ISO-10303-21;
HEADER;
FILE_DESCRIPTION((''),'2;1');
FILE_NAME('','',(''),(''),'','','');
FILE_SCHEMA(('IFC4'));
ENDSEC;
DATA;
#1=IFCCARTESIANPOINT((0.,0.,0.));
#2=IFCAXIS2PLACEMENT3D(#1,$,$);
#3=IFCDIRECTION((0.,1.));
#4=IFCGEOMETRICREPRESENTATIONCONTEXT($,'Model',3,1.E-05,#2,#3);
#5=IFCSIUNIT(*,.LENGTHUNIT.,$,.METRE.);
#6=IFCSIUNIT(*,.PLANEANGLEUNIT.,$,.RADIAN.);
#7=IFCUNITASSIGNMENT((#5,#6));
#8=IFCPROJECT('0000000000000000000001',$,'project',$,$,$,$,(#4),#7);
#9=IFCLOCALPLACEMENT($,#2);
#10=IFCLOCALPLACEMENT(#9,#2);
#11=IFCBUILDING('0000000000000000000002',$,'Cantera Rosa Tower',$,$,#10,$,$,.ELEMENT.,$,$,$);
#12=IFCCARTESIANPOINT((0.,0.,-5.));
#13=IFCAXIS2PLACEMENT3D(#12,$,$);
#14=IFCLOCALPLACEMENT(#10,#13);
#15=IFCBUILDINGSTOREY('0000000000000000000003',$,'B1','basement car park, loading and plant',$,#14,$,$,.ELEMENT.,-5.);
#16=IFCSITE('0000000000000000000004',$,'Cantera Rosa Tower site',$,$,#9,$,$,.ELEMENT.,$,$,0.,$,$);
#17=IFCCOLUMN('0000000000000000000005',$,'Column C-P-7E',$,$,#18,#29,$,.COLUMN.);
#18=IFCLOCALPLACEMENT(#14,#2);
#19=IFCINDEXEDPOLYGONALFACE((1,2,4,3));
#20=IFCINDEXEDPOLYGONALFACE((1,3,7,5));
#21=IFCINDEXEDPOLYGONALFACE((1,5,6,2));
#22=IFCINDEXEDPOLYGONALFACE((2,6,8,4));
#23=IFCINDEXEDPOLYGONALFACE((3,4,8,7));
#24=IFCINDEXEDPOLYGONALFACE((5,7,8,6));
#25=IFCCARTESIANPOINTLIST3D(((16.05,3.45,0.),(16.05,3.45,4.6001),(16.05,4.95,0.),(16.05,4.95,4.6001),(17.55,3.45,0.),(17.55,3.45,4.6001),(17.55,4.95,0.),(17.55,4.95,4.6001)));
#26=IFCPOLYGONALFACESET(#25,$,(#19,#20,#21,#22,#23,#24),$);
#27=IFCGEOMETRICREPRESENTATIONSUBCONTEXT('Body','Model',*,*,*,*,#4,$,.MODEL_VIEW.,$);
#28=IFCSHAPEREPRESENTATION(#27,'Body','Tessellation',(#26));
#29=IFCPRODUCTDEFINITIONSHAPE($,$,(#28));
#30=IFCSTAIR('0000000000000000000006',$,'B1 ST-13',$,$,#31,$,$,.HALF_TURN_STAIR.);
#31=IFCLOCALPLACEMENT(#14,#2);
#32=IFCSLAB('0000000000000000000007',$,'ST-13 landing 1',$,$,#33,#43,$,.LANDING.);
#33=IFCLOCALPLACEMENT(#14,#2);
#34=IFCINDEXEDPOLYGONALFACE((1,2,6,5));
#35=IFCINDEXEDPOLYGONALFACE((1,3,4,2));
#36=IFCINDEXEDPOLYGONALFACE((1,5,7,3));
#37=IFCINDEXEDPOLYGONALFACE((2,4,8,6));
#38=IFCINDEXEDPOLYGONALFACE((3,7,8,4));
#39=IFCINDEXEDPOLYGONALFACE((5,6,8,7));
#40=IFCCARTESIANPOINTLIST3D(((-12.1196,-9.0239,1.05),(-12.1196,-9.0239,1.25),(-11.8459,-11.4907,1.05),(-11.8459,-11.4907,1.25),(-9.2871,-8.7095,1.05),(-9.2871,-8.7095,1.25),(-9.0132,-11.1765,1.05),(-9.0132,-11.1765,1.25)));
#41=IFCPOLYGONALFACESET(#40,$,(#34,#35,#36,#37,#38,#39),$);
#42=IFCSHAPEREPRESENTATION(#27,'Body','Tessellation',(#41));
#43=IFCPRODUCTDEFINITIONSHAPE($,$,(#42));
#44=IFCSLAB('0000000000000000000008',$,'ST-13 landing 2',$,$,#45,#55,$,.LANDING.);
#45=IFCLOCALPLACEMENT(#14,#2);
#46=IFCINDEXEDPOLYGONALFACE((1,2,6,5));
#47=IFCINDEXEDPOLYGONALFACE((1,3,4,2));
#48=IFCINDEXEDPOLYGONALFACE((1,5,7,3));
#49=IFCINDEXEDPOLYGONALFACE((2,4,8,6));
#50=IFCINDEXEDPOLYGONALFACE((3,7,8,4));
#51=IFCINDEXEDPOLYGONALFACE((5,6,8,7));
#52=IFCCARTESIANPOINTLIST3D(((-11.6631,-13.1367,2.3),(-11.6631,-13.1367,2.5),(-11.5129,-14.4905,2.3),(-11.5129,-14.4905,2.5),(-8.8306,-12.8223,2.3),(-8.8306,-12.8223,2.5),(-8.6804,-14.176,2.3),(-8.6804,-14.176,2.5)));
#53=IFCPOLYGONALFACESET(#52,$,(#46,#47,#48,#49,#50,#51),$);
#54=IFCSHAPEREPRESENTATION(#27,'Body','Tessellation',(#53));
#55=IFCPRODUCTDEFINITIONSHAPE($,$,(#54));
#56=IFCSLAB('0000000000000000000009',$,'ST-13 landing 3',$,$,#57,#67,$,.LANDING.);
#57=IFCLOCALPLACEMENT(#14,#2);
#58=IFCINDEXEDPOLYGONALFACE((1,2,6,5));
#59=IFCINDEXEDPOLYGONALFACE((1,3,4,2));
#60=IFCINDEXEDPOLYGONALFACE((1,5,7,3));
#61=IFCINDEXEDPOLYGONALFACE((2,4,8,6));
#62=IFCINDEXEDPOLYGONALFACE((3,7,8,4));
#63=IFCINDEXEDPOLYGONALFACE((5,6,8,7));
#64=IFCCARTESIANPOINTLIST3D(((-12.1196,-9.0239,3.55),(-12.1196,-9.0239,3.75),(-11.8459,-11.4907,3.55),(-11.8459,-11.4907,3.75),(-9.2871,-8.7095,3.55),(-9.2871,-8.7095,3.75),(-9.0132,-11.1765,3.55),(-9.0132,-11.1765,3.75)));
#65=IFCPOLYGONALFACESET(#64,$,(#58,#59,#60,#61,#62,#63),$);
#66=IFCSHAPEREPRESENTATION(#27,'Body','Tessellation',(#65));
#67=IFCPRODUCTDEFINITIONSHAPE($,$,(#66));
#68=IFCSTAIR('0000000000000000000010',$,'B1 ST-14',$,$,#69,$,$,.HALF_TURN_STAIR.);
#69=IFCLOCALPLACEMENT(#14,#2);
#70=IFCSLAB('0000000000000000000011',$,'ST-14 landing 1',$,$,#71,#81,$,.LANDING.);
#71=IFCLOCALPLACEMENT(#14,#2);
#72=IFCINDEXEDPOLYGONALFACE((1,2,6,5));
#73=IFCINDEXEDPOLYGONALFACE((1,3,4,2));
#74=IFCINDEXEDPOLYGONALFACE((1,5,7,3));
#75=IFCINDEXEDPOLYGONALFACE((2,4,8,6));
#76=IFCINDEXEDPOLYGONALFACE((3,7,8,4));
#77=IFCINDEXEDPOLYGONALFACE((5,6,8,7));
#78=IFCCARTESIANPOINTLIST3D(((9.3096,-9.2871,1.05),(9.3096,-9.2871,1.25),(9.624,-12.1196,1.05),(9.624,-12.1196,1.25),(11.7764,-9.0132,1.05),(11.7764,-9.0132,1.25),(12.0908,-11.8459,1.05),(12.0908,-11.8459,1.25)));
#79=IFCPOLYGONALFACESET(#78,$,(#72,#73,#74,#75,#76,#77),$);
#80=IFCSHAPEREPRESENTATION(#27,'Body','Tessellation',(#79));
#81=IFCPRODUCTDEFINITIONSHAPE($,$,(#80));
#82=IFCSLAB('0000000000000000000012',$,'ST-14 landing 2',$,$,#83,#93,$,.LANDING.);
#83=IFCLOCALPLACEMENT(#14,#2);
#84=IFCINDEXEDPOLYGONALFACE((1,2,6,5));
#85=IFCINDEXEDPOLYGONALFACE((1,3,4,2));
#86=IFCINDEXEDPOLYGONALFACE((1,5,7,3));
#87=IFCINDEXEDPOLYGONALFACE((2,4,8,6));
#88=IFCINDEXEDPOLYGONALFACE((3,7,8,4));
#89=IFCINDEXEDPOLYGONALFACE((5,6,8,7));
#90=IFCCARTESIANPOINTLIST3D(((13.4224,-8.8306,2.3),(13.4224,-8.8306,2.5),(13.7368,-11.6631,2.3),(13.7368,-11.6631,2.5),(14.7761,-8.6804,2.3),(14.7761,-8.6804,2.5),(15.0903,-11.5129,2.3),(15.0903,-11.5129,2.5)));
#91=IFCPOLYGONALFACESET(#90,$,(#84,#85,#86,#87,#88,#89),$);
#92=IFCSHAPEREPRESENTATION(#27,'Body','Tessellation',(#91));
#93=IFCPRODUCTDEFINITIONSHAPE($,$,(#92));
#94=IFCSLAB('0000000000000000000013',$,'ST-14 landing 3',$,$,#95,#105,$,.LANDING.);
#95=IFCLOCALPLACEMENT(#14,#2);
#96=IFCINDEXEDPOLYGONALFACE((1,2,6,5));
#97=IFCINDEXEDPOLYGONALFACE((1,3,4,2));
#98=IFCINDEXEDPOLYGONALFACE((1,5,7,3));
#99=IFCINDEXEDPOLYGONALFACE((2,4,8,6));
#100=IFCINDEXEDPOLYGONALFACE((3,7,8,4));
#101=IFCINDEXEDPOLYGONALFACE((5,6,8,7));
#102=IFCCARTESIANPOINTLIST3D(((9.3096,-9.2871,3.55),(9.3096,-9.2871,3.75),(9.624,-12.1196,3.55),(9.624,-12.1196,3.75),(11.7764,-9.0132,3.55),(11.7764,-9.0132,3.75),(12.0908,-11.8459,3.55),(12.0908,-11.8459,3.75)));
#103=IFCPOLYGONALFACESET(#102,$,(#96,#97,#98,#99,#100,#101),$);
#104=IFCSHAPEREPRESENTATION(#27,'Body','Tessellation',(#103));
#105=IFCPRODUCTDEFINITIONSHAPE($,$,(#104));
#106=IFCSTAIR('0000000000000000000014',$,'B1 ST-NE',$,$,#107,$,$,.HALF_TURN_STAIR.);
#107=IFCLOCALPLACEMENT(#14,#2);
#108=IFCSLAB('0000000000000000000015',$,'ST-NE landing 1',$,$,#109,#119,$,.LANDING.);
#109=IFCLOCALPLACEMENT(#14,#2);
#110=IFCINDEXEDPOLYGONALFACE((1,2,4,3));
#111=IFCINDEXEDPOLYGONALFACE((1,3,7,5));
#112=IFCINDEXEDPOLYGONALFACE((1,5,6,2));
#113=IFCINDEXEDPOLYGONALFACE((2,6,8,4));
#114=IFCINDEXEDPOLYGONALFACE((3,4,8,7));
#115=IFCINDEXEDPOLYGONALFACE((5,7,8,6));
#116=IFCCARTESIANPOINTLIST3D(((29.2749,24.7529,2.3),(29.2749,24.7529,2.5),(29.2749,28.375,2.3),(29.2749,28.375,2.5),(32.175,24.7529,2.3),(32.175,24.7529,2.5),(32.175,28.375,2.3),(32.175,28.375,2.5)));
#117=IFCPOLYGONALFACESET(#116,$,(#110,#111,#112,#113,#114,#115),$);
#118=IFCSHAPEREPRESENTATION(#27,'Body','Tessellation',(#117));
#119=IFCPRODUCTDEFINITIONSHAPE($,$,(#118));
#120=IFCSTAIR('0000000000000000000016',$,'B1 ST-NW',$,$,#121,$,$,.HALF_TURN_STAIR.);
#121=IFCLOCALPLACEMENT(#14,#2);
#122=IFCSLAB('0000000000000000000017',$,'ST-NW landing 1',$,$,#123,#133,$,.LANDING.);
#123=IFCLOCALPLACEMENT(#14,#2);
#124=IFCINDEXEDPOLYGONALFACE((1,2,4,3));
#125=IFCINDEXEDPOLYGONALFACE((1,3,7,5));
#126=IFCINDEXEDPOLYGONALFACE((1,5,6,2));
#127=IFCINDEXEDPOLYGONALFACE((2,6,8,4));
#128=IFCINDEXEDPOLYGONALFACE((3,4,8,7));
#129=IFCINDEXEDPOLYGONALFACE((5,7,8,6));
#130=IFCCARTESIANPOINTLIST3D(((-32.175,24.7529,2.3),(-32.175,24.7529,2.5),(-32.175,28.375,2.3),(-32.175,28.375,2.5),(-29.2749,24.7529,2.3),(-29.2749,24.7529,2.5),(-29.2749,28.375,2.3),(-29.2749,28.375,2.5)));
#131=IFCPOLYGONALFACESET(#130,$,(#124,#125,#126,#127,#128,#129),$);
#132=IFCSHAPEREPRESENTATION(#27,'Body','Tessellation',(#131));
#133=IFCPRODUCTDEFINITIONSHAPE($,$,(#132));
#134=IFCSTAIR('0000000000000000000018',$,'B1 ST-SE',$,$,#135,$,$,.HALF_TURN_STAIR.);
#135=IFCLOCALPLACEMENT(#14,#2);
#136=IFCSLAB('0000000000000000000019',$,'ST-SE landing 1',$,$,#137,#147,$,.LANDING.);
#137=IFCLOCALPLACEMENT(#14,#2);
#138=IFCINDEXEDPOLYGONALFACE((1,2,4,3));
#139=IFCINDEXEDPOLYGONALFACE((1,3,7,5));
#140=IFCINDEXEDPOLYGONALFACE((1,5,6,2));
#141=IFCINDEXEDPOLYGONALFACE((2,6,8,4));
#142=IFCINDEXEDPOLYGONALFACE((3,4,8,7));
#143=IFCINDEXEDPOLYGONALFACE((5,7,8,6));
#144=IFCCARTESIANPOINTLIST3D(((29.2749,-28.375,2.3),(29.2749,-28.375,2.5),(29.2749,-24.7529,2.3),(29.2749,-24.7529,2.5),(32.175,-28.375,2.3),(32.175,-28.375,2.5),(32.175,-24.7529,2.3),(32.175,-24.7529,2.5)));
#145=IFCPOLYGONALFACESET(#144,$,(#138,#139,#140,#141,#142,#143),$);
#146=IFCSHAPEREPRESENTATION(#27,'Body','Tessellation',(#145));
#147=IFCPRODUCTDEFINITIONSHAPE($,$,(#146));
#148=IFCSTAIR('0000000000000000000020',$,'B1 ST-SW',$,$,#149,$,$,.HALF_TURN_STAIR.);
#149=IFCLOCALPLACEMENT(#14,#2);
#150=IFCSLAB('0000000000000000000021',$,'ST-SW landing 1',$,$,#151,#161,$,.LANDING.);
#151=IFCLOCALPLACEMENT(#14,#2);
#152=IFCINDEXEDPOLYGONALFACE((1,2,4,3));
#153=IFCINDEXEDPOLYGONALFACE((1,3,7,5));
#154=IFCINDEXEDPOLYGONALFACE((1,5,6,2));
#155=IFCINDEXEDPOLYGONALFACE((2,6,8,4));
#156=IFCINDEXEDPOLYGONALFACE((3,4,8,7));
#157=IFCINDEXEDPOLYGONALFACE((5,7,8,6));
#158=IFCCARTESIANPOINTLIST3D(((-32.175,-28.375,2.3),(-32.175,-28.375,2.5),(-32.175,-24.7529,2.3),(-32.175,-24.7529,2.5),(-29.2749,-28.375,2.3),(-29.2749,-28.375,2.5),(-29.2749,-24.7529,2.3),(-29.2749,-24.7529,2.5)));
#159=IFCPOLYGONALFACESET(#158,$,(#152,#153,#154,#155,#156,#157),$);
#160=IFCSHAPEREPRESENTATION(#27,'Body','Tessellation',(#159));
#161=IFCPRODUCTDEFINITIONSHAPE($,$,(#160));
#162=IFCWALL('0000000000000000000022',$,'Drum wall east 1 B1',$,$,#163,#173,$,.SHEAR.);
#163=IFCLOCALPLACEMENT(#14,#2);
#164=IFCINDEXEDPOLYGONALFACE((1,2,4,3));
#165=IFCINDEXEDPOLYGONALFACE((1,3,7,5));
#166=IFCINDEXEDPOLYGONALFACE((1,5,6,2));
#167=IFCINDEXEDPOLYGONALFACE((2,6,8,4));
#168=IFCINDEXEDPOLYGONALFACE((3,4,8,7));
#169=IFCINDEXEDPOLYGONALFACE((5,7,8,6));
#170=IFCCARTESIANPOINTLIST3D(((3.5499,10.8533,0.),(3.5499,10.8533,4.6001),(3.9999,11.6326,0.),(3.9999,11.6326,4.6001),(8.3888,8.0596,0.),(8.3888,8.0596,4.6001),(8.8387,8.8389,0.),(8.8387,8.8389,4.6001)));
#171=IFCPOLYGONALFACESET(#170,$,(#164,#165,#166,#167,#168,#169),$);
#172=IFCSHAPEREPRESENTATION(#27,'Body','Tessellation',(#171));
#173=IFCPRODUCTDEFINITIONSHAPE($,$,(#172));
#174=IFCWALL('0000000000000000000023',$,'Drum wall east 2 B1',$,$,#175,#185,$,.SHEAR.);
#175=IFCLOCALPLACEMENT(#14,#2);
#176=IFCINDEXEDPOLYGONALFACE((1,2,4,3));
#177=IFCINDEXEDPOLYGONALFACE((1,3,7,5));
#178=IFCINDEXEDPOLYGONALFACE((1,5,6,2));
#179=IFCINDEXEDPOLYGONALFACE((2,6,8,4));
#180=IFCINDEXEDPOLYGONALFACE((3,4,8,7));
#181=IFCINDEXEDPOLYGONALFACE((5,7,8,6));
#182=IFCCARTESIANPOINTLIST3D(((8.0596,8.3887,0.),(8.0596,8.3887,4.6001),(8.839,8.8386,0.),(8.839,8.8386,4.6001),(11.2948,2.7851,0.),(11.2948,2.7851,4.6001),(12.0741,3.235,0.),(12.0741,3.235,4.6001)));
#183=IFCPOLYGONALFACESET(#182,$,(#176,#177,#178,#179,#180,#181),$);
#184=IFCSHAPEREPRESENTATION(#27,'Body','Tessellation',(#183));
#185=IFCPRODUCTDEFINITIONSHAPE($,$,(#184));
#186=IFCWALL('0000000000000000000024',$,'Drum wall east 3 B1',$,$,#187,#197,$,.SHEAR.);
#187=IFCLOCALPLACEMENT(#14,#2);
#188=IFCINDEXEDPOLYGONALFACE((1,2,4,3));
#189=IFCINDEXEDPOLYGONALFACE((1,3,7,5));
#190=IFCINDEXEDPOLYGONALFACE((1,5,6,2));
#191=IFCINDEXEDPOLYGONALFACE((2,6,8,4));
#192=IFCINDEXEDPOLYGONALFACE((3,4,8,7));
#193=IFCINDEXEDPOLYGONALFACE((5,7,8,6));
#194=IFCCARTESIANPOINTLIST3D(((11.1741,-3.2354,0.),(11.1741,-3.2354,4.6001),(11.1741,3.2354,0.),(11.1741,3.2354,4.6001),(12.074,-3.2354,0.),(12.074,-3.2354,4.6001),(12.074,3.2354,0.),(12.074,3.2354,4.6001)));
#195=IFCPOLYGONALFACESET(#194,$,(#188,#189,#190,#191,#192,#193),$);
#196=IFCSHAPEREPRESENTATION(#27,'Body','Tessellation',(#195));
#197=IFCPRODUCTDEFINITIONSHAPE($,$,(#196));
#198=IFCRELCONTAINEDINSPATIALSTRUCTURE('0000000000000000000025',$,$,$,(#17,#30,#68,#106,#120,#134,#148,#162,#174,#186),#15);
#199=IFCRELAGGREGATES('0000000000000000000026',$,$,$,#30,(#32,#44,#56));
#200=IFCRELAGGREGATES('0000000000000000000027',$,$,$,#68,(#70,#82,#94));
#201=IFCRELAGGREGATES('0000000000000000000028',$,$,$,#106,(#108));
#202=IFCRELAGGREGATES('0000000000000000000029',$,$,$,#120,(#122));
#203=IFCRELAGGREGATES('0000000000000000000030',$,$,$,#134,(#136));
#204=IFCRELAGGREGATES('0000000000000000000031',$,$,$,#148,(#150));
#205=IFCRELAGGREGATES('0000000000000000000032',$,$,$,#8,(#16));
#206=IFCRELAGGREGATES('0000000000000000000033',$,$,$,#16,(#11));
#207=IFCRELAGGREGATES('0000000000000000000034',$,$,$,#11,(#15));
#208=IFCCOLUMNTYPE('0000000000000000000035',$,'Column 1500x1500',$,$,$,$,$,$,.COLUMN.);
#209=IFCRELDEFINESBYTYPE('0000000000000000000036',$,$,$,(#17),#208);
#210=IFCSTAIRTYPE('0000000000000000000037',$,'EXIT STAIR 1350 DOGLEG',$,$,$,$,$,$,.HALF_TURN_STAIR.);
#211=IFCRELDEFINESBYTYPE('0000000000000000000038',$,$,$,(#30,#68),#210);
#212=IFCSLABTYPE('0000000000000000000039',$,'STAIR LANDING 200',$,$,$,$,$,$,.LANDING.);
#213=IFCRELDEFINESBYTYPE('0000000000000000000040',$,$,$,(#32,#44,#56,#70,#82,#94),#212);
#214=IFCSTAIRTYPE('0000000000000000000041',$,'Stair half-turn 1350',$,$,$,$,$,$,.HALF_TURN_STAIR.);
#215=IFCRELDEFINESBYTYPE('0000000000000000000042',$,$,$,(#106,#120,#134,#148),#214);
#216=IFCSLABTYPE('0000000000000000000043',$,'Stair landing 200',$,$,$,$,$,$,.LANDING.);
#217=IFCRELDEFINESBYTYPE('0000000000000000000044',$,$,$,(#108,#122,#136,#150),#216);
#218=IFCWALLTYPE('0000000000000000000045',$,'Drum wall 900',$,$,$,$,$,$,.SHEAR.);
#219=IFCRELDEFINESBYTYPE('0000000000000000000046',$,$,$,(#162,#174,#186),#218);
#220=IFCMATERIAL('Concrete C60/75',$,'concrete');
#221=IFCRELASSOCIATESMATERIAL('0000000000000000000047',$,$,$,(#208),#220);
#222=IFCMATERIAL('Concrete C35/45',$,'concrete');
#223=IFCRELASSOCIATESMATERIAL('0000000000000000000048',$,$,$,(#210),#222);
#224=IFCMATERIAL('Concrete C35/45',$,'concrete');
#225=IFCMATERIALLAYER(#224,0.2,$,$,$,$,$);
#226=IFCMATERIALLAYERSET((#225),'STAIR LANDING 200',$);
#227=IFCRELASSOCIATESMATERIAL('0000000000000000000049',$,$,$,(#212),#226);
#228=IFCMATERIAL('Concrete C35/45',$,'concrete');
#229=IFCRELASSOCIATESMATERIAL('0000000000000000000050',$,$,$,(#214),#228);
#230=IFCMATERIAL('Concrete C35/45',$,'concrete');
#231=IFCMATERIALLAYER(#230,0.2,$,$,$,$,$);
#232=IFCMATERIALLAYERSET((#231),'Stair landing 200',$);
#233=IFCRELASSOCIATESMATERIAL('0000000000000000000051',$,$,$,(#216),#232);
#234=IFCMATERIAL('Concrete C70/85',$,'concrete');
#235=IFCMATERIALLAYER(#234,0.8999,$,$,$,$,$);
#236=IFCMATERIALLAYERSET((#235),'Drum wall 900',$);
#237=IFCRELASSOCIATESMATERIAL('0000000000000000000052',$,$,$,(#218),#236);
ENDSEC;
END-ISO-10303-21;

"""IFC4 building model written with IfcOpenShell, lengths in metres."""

from ifc_helpers import new_model, si_unit, direction, frame, frame_2d, origin, origin_2d, place, context, subcontext, project, spatial, polyline, rectangle, outline, extrude, material, layer, layer_set, material_profile, profile_set, type_object, element, aggregate, save


model = new_model("IFC4")

# Units and contexts
model_context = context("Model", 3, precision=1e-05, world=origin(), true_north=direction((0.0, 1.0)))
body_context = subcontext(model_context, "Body", "Model", "MODEL_VIEW")
ifc_project = project(units=[si_unit("LENGTHUNIT", "METRE"), si_unit("PLANEANGLEUNIT", "RADIAN")], contexts=[model_context])

# Site, building, storey
site_placement = place(None, origin())
site = spatial("IfcSite", under=ifc_project, at=site_placement, Name="Cantera Rosa Tower site", CompositionType="ELEMENT", RefElevation=0.0)
building_placement = place(site_placement, origin())
building = spatial("IfcBuilding", under=site, at=building_placement, Name="Cantera Rosa Tower", CompositionType="ELEMENT")
storey_placement = place(building_placement, frame((0.0, 0.0, -5.0)))
storey = spatial("IfcBuildingStorey", under=building, at=storey_placement, Name="B1", Description="basement car park, loading and plant", CompositionType="ELEMENT", Elevation=-5.0)

# Column
ifc_material_1 = material(Name="Concrete C60/75", Category="concrete")
ifc_material_profile = material_profile(ifc_material_1, rectangle(XDim=1.5, YDim=1.5, at=origin_2d()), Name="Column 1500x1500")
ifc_profile_set = profile_set([ifc_material_profile], Name="Concrete C60/75")
column_type = type_object("IfcColumnType", Name="Column 1500x1500", PredefinedType="COLUMN", material=ifc_profile_set)
column_placement = place(storey_placement, frame((16.8, 4.2, 0.0), z_axis=(0.0, 0.0, 1.0), x_axis=(1.0, 0.0, 0.0)))
element("IfcColumn", 1, at=column_placement, inside=storey, type_object=column_type, Name="Column C-P-7E", PredefinedType="COLUMN", context=body_context, shape_type="SweptSolid", body=[
    extrude(rectangle(XDim=1.5, YDim=1.5, at=origin_2d()), origin(), (0.0, 0.0, 1.0), 4.6001),
])

# Stairs, slabs
ifc_material_2 = material(Name="Concrete C35/45", Category="concrete")
stair_type_1 = type_object("IfcStairType", Name="EXIT STAIR 1350 DOGLEG", PredefinedType="HALF_TURN_STAIR", material=ifc_material_2)
stair_1_placement = place(storey_placement, origin())
stair_1 = element("IfcStair", 2, at=stair_1_placement, inside=storey, type_object=stair_type_1, Name="B1 ST-13", PredefinedType="HALF_TURN_STAIR")
ifc_material_3 = material(Name="Concrete C35/45", Category="concrete")
ifc_layer_1 = layer(ifc_material_3, 0.2)
ifc_layer_set_1 = layer_set([ifc_layer_1], Name="STAIR LANDING 200")
slab_type_1 = type_object("IfcSlabType", Name="STAIR LANDING 200", PredefinedType="LANDING", material=ifc_layer_set_1)
slab_1_placement = place(storey_placement, frame((0.0, 0.0, 1.05)))
slab_1 = element("IfcSlab", 3, at=slab_1_placement, type_object=slab_type_1, Name="ST-13 landing 1", PredefinedType="LANDING", context=body_context, shape_type="SweptSolid", body=[
    extrude(outline(polyline([(-9.0132, -11.1765), (-9.2871, -8.7095), (-12.1196, -9.0239), (-11.8459, -11.4907), (-9.0132, -11.1765)])), origin(), (0.0, 0.0, 1.0), 0.2),
])
slab_2_placement = place(storey_placement, frame((0.0, 0.0, 2.3)))
slab_2 = element("IfcSlab", 4, at=slab_2_placement, type_object=slab_type_1, Name="ST-13 landing 2", PredefinedType="LANDING", context=body_context, shape_type="SweptSolid", body=[
    extrude(outline(polyline([(-8.6804, -14.176), (-8.8306, -12.8223), (-11.6631, -13.1367), (-11.5129, -14.4905), (-8.6804, -14.176)])), origin(), (0.0, 0.0, 1.0), 0.2),
])
slab_3_placement = place(storey_placement, frame((0.0, 0.0, 3.55)))
slab_3 = element("IfcSlab", 5, at=slab_3_placement, type_object=slab_type_1, Name="ST-13 landing 3", PredefinedType="LANDING", context=body_context, shape_type="SweptSolid", body=[
    extrude(outline(polyline([(-9.0132, -11.1765), (-9.2871, -8.7095), (-12.1196, -9.0239), (-11.8459, -11.4907), (-9.0132, -11.1765)])), origin(), (0.0, 0.0, 1.0), 0.2),
])
aggregate(stair_1, [slab_1, slab_2, slab_3])
stair_2_placement = place(storey_placement, origin())
stair_2 = element("IfcStair", 6, at=stair_2_placement, inside=storey, type_object=stair_type_1, Name="B1 ST-14", PredefinedType="HALF_TURN_STAIR")
slab_4_placement = place(storey_placement, frame((0.0, 0.0, 1.05)))
slab_4 = element("IfcSlab", 7, at=slab_4_placement, type_object=slab_type_1, Name="ST-14 landing 1", PredefinedType="LANDING", context=body_context, shape_type="SweptSolid", body=[
    extrude(outline(polyline([(11.7764, -9.0132), (9.3096, -9.2871), (9.624, -12.1196), (12.0908, -11.8459), (11.7764, -9.0132)])), origin(), (0.0, 0.0, 1.0), 0.2),
])
slab_5_placement = place(storey_placement, frame((0.0, 0.0, 2.3)))
slab_5 = element("IfcSlab", 8, at=slab_5_placement, type_object=slab_type_1, Name="ST-14 landing 2", PredefinedType="LANDING", context=body_context, shape_type="SweptSolid", body=[
    extrude(outline(polyline([(14.7761, -8.6804), (13.4224, -8.8306), (13.7368, -11.6631), (15.0903, -11.5129), (14.7761, -8.6804)])), origin(), (0.0, 0.0, 1.0), 0.2),
])
slab_6_placement = place(storey_placement, frame((0.0, 0.0, 3.55)))
slab_6 = element("IfcSlab", 9, at=slab_6_placement, type_object=slab_type_1, Name="ST-14 landing 3", PredefinedType="LANDING", context=body_context, shape_type="SweptSolid", body=[
    extrude(outline(polyline([(11.7764, -9.0132), (9.3096, -9.2871), (9.624, -12.1196), (12.0908, -11.8459), (11.7764, -9.0132)])), origin(), (0.0, 0.0, 1.0), 0.2),
])
aggregate(stair_2, [slab_4, slab_5, slab_6])

# Stairs, slabs
ifc_material_4 = material(Name="Concrete C35/45", Category="concrete")
stair_type_2 = type_object("IfcStairType", Name="Stair half-turn 1350", PredefinedType="HALF_TURN_STAIR", material=ifc_material_4)
stair_3_placement = place(storey_placement, origin())
stair_3 = element("IfcStair", 10, at=stair_3_placement, inside=storey, type_object=stair_type_2, Name="B1 ST-NE", PredefinedType="HALF_TURN_STAIR")
ifc_material_5 = material(Name="Concrete C35/45", Category="concrete")
ifc_layer_2 = layer(ifc_material_5, 0.2)
ifc_layer_set_2 = layer_set([ifc_layer_2], Name="Stair landing 200")
slab_type_2 = type_object("IfcSlabType", Name="Stair landing 200", PredefinedType="LANDING", material=ifc_layer_set_2)
slab_7_placement = place(storey_placement, frame((0.0, 0.0, 2.3)))
slab_7 = element("IfcSlab", 11, at=slab_7_placement, type_object=slab_type_2, Name="ST-NE landing 1", PredefinedType="LANDING", context=body_context, shape_type="SweptSolid", body=[
    extrude(outline(polyline([(32.175, 24.7529), (32.175, 28.375), (29.2749, 28.375), (29.2749, 24.7529), (32.175, 24.7529)])), origin(), (0.0, 0.0, 1.0), 0.2),
])
aggregate(stair_3, [slab_7])
stair_4_placement = place(storey_placement, origin())
stair_4 = element("IfcStair", 12, at=stair_4_placement, inside=storey, type_object=stair_type_2, Name="B1 ST-NW", PredefinedType="HALF_TURN_STAIR")
slab_8_placement = place(storey_placement, frame((0.0, 0.0, 2.3)))
slab_8 = element("IfcSlab", 13, at=slab_8_placement, type_object=slab_type_2, Name="ST-NW landing 1", PredefinedType="LANDING", context=body_context, shape_type="SweptSolid", body=[
    extrude(outline(polyline([(-29.2749, 24.7529), (-29.2749, 28.375), (-32.175, 28.375), (-32.175, 24.7529), (-29.2749, 24.7529)])), origin(), (0.0, 0.0, 1.0), 0.2),
])
aggregate(stair_4, [slab_8])
stair_5_placement = place(storey_placement, origin())
stair_5 = element("IfcStair", 14, at=stair_5_placement, inside=storey, type_object=stair_type_2, Name="B1 ST-SE", PredefinedType="HALF_TURN_STAIR")
slab_9_placement = place(storey_placement, frame((0.0, 0.0, 2.3)))
slab_9 = element("IfcSlab", 15, at=slab_9_placement, type_object=slab_type_2, Name="ST-SE landing 1", PredefinedType="LANDING", context=body_context, shape_type="SweptSolid", body=[
    extrude(outline(polyline([(29.2749, -24.7529), (29.2749, -28.375), (32.175, -28.375), (32.175, -24.7529), (29.2749, -24.7529)])), origin(), (0.0, 0.0, 1.0), 0.2),
])
aggregate(stair_5, [slab_9])
stair_6_placement = place(storey_placement, origin())
stair_6 = element("IfcStair", 16, at=stair_6_placement, inside=storey, type_object=stair_type_2, Name="B1 ST-SW", PredefinedType="HALF_TURN_STAIR")
slab_10_placement = place(storey_placement, frame((0.0, 0.0, 2.3)))
slab_10 = element("IfcSlab", 17, at=slab_10_placement, type_object=slab_type_2, Name="ST-SW landing 1", PredefinedType="LANDING", context=body_context, shape_type="SweptSolid", body=[
    extrude(outline(polyline([(-32.175, -24.7529), (-32.175, -28.375), (-29.2749, -28.375), (-29.2749, -24.7529), (-32.175, -24.7529)])), origin(), (0.0, 0.0, 1.0), 0.2),
])
aggregate(stair_6, [slab_10])

# Walls
ifc_material_6 = material(Name="Concrete C70/85", Category="concrete")
ifc_layer_3 = layer(ifc_material_6, 0.8999)
ifc_layer_set_3 = layer_set([ifc_layer_3], Name="Drum wall 900")
wall_type_1 = type_object("IfcWallType", Name="Drum wall 900", PredefinedType="SHEAR", material=ifc_layer_set_3)
wall_1_placement = place(storey_placement, frame((3.7749, 11.2429, 0.0), z_axis=(0.0, 0.0, 1.0), x_axis=(0.866027, -0.499997, 0.0)))
element("IfcWall", 18, at=wall_1_placement, inside=storey, type_object=wall_type_1, Name="Drum wall east 1 B1", PredefinedType="SHEAR", context=body_context, shape_type="SweptSolid", body=[
    extrude(rectangle(XDim=5.5874, YDim=0.8999, at=frame_2d((2.7937, 0.0))), origin(), (0.0, 0.0, 1.0), 4.6001),
])
wall_2_placement = place(storey_placement, frame((8.4492, 8.6138, 0.0), z_axis=(0.0, 0.0, 1.0), x_axis=(0.49999, -0.866031, 0.0)))
element("IfcWall", 19, at=wall_2_placement, inside=storey, type_object=wall_type_1, Name="Drum wall east 2 B1", PredefinedType="SHEAR", context=body_context, shape_type="SweptSolid", body=[
    extrude(rectangle(XDim=6.4705, YDim=0.8999, at=frame_2d((3.2354, 0.0))), origin(), (0.0, 0.0, 1.0), 4.6001),
])
wall_3_placement = place(storey_placement, frame((11.624, 3.2354, 0.0), z_axis=(0.0, 0.0, 1.0), x_axis=(0.0, -1.0, 0.0)))
element("IfcWall", 20, at=wall_3_placement, inside=storey, type_object=wall_type_1, Name="Drum wall east 3 B1", PredefinedType="SHEAR", context=body_context, shape_type="SweptSolid", body=[
    extrude(rectangle(XDim=6.4707, YDim=0.8999, at=frame_2d((3.2354, 0.0))), origin(), (0.0, 0.0, 1.0), 4.6001),
])

save(model, "model.ifc")
